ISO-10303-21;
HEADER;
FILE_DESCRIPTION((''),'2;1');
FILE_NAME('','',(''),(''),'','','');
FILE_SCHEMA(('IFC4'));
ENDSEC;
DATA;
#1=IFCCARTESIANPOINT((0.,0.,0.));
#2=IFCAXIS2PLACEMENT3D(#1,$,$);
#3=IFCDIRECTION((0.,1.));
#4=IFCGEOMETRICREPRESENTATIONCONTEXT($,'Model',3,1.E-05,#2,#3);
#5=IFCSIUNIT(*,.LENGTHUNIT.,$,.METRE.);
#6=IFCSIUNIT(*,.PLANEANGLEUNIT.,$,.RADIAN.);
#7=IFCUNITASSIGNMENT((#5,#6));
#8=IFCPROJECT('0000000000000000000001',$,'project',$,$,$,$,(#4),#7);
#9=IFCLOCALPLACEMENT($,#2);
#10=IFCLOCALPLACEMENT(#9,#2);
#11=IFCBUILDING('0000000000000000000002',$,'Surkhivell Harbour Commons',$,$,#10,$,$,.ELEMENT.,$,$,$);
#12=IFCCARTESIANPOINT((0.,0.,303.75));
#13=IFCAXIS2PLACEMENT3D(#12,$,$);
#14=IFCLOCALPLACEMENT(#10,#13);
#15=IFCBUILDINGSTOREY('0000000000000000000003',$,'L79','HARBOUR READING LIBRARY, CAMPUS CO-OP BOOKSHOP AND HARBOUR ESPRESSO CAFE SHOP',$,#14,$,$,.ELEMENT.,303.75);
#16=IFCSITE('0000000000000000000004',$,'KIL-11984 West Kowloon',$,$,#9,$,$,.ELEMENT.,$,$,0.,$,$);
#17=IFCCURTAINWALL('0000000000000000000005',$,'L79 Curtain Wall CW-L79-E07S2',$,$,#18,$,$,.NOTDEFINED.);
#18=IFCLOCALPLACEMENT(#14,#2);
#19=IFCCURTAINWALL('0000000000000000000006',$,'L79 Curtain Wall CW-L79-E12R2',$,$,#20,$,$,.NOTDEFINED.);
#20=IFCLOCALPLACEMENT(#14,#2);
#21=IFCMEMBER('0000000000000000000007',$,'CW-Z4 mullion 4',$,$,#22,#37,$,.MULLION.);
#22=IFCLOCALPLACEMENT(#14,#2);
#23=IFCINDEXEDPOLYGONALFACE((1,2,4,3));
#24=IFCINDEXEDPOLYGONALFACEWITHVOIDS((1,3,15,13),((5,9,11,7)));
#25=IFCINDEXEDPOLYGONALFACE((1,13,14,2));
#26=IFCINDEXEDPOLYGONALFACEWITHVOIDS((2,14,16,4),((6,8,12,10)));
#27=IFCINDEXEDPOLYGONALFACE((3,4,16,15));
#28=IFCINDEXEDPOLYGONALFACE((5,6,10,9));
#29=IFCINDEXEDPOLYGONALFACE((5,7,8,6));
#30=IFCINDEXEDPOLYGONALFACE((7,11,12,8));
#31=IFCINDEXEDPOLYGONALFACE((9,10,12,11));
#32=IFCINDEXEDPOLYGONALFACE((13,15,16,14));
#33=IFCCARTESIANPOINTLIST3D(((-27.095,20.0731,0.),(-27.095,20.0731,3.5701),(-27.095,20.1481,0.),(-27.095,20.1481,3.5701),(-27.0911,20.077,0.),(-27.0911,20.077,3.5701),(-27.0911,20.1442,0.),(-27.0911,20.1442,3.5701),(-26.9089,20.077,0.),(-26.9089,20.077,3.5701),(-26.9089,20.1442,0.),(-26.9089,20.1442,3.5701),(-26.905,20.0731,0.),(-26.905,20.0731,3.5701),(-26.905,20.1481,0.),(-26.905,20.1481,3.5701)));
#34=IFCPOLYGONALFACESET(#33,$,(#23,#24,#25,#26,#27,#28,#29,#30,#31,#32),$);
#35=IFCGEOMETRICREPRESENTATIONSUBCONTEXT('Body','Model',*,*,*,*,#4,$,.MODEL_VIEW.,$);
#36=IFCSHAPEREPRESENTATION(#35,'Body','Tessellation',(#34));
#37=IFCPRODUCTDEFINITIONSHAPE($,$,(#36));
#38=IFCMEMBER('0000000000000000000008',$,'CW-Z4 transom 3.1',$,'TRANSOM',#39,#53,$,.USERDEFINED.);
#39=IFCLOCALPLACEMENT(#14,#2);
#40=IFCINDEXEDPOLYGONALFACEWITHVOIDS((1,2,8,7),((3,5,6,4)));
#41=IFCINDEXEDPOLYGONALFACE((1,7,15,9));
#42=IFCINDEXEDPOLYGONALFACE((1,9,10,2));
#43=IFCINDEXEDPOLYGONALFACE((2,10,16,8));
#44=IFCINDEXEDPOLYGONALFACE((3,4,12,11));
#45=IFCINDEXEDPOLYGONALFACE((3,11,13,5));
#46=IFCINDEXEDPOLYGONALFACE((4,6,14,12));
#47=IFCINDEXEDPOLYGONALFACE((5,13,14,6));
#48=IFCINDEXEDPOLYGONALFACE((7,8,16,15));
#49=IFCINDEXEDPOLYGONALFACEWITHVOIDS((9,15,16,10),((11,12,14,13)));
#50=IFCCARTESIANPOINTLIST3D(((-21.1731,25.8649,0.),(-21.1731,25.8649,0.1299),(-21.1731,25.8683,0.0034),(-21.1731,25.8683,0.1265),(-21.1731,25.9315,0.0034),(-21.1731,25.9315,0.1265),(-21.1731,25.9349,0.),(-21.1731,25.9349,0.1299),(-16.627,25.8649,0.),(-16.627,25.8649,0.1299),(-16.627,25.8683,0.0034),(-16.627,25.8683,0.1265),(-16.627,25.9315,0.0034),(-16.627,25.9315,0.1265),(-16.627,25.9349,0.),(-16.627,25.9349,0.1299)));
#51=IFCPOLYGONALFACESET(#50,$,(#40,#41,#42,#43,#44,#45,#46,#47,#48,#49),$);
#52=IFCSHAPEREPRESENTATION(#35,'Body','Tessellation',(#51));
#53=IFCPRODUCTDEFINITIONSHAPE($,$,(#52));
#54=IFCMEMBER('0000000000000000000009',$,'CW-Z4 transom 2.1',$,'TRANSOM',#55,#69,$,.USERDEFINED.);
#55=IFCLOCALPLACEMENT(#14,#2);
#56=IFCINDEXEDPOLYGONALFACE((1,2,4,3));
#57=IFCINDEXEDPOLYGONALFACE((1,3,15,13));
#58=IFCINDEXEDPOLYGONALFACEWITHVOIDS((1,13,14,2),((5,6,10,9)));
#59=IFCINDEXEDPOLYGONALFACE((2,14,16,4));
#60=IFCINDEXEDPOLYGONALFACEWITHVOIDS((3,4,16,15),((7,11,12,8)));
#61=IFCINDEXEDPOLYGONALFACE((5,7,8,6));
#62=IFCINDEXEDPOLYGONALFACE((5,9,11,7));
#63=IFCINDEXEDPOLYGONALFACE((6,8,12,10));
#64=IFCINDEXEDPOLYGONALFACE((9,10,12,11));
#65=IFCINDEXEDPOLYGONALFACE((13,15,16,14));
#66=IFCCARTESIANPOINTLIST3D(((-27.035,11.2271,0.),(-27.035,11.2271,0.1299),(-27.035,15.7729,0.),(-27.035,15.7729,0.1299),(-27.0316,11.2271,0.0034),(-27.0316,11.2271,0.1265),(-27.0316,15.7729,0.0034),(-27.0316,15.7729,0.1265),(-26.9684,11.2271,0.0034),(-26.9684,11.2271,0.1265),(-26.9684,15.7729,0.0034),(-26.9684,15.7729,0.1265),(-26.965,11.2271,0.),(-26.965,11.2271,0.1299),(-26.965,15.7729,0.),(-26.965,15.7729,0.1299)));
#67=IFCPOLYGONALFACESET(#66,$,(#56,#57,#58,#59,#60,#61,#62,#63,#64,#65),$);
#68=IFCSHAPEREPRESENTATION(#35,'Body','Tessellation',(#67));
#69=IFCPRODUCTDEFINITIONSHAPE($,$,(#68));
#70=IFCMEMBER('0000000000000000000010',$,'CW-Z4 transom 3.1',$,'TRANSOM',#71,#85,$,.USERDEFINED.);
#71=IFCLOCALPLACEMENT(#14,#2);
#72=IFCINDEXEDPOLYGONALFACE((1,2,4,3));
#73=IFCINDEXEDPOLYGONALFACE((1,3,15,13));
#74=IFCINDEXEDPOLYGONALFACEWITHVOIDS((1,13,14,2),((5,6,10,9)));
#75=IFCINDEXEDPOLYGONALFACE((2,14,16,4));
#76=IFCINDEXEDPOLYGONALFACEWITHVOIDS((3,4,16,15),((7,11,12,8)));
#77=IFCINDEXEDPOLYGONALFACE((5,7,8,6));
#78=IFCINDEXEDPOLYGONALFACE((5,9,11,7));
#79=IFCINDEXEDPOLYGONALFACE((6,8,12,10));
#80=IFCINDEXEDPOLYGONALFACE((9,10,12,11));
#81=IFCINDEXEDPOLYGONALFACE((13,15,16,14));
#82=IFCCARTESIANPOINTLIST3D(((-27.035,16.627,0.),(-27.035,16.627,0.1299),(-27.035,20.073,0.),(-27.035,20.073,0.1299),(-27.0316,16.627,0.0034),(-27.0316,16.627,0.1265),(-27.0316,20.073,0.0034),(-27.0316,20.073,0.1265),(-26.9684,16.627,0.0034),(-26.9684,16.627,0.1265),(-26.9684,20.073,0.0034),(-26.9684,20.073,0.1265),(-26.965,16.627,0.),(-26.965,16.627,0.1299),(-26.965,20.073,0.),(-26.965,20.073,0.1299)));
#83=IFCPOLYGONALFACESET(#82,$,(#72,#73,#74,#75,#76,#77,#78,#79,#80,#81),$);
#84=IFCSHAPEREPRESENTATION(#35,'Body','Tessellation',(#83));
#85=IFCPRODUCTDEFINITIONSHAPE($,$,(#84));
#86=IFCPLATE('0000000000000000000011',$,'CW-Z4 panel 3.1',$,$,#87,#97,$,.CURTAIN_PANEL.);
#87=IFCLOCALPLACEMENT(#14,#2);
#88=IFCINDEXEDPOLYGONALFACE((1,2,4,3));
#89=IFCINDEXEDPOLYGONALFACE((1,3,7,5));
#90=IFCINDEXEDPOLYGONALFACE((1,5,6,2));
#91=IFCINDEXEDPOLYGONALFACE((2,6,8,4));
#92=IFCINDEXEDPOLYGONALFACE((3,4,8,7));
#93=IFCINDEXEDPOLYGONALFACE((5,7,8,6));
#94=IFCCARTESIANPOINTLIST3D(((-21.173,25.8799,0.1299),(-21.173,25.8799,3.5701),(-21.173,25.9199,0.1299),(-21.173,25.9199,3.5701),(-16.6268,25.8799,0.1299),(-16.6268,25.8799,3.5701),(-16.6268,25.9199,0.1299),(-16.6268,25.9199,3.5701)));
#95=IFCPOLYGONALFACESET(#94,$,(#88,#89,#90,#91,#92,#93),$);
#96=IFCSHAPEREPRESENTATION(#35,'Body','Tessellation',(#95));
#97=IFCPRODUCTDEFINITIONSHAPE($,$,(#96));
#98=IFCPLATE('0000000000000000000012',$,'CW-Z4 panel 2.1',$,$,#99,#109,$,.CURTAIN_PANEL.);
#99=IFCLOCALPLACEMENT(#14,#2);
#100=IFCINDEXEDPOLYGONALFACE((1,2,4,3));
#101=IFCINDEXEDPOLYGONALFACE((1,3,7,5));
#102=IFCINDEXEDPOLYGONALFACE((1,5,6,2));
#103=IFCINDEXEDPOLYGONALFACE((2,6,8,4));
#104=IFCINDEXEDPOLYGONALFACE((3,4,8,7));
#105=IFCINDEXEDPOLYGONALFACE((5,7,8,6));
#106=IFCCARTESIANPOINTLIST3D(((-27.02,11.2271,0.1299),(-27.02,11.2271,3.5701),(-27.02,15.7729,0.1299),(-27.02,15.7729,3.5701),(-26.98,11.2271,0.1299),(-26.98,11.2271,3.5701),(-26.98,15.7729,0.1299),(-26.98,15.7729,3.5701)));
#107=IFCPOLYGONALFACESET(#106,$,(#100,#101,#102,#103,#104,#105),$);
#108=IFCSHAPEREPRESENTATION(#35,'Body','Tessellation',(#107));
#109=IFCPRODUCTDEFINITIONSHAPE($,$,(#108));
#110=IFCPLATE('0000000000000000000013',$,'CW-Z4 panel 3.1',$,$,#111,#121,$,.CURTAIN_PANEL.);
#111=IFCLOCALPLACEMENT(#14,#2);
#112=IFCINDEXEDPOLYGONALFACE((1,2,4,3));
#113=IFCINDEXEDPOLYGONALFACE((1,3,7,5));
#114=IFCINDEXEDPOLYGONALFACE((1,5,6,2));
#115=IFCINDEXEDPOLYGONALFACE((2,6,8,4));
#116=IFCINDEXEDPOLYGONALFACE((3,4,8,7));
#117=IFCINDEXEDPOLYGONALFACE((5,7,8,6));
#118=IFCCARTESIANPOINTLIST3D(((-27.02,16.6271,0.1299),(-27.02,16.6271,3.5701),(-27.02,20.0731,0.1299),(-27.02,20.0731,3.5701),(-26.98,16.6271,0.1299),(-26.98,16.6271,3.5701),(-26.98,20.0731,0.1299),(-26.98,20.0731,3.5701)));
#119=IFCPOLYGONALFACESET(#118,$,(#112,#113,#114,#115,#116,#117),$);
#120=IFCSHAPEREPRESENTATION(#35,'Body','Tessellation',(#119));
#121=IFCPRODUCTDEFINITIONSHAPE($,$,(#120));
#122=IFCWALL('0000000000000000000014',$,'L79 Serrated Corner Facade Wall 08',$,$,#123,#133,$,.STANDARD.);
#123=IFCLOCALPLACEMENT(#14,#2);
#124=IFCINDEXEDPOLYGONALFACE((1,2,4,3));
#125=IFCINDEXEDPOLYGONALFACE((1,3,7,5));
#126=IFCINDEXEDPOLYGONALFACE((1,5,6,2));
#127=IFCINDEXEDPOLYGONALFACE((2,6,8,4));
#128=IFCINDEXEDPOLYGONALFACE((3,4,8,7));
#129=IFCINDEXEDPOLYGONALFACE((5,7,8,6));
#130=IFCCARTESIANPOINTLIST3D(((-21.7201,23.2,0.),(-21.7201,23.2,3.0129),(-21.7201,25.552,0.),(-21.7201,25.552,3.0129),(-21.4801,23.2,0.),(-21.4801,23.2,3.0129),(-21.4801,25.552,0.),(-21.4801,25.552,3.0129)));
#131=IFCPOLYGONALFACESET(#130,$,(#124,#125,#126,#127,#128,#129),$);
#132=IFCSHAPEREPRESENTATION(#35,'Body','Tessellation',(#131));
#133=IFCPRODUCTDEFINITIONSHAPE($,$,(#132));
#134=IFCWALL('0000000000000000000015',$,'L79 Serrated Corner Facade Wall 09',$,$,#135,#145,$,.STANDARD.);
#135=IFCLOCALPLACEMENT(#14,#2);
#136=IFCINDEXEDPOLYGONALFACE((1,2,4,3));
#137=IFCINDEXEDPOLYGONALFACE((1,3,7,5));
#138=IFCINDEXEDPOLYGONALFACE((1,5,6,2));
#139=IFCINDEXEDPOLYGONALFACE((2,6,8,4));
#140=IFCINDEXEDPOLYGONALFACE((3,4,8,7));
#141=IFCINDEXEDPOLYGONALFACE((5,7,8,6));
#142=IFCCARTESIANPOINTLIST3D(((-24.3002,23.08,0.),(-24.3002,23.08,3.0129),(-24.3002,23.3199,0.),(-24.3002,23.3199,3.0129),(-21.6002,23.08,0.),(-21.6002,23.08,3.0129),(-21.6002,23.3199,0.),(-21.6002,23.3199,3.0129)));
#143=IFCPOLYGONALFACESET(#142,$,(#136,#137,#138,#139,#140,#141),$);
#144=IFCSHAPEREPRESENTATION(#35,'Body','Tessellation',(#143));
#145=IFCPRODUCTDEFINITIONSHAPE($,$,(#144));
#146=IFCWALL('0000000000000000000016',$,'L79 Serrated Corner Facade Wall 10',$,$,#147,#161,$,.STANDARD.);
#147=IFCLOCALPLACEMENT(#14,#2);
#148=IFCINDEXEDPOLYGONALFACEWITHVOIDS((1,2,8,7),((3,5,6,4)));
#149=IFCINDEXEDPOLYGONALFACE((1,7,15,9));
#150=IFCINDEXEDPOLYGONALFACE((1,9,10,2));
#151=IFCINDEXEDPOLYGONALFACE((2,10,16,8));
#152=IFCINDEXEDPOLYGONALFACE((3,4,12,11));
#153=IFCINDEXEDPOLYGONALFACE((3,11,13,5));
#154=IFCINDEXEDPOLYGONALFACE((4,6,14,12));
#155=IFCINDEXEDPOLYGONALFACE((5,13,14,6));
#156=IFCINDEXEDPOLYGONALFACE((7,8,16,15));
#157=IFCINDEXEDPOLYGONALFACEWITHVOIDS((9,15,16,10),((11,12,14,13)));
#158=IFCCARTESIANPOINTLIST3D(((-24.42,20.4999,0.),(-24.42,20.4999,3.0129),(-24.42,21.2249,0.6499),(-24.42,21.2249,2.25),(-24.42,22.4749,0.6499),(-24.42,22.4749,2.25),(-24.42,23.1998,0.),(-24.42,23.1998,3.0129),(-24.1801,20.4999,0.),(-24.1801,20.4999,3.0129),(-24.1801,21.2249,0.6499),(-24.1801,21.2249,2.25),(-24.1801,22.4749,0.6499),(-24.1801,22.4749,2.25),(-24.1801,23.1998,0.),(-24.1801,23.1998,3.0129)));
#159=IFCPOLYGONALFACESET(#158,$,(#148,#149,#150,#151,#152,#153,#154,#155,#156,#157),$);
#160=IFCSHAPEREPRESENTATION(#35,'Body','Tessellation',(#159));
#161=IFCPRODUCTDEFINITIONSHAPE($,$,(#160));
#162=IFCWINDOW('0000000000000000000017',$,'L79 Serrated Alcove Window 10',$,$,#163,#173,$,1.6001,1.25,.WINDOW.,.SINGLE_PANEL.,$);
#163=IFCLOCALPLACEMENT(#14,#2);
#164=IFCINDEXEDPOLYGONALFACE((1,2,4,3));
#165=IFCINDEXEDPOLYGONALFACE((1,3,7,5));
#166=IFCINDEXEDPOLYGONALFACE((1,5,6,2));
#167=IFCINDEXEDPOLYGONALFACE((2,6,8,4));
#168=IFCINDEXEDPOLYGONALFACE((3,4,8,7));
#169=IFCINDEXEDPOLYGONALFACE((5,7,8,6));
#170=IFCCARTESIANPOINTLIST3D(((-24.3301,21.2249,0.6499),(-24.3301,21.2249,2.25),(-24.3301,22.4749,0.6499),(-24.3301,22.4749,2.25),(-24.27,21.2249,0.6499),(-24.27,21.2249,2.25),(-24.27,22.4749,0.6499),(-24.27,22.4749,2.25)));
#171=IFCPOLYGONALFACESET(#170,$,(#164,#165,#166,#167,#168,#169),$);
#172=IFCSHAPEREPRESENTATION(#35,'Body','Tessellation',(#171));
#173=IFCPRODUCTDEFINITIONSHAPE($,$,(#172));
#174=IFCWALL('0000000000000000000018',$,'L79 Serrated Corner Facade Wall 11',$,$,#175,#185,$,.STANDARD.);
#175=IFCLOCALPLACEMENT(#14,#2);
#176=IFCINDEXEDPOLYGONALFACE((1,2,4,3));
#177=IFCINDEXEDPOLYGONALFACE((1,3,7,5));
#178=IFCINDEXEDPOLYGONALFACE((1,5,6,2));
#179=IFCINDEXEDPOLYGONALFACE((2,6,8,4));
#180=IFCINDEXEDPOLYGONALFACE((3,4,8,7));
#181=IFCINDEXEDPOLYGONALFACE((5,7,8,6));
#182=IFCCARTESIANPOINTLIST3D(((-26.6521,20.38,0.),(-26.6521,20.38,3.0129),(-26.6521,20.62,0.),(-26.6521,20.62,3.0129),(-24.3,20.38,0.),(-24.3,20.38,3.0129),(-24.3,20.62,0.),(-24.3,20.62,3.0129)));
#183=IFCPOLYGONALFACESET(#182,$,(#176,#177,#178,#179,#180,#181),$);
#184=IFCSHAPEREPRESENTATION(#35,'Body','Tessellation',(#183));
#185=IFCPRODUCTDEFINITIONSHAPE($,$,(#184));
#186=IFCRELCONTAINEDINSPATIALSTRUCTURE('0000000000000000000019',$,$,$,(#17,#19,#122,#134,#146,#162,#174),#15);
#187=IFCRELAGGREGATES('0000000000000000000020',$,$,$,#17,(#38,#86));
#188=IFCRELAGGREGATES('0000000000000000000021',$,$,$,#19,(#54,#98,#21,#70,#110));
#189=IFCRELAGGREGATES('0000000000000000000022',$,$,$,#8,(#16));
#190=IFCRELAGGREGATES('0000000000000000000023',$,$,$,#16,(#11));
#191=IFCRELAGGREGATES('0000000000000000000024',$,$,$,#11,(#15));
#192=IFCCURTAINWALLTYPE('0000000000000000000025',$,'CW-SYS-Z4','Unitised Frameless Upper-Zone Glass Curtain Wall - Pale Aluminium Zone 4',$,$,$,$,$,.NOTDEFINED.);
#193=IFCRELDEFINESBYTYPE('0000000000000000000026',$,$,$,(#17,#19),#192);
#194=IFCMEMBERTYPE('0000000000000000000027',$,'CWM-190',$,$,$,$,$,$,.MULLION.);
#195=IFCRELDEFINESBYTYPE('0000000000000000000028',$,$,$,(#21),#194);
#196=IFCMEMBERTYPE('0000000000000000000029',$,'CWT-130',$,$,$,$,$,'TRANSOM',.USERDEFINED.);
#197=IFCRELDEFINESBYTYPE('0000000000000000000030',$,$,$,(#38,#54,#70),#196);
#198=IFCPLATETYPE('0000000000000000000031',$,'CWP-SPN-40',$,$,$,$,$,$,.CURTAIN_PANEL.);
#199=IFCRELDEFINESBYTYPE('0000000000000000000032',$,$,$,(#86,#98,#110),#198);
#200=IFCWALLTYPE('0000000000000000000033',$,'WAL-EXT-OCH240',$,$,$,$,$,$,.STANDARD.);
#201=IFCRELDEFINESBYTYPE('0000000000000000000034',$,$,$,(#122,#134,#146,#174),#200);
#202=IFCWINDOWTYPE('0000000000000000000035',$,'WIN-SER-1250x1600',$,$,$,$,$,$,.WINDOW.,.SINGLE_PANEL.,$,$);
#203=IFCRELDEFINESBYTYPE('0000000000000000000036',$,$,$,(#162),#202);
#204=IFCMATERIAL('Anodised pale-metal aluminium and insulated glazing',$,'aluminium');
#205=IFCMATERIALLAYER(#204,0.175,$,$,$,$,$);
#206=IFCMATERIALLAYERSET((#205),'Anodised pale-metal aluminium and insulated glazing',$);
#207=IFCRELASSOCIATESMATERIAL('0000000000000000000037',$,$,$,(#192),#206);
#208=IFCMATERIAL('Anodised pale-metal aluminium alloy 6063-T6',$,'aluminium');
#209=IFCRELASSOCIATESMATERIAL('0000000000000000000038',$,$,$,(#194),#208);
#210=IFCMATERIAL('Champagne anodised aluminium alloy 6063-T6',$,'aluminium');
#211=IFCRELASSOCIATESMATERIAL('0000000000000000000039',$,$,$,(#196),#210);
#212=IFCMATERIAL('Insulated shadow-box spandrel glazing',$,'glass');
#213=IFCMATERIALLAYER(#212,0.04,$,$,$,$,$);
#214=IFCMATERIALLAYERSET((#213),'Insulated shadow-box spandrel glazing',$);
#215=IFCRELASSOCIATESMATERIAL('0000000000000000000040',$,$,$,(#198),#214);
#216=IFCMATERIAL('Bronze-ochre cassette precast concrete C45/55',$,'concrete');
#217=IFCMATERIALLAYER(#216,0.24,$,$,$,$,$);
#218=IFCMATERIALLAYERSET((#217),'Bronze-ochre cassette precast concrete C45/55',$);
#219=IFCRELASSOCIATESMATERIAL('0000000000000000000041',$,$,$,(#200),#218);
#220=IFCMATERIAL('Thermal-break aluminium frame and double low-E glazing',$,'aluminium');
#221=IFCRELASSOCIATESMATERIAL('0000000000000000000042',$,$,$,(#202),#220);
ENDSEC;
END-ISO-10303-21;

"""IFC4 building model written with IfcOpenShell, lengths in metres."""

from ifc_helpers import new_model, si_unit, direction, frame, frame_2d, origin, origin_2d, place, context, subcontext, project, spatial, rectangle, hollow_rectangle, extrude, material, layer, layer_set, material_profile, profile_set, type_object, element, fill, aggregate, save


model = new_model("IFC4")

# Units and contexts
model_context = context("Model", 3, precision=1e-05, world=origin(), true_north=direction((0.0, 1.0)))
body_context = subcontext(model_context, "Body", "Model", "MODEL_VIEW")
ifc_project = project(units=[si_unit("LENGTHUNIT", "METRE"), si_unit("PLANEANGLEUNIT", "RADIAN")], contexts=[model_context])

# Site, building, storey
site_placement = place(None, origin())
site = spatial("IfcSite", under=ifc_project, at=site_placement, Name="KIL-11984 West Kowloon", CompositionType="ELEMENT", RefElevation=0.0)
building_placement = place(site_placement, origin())
building = spatial("IfcBuilding", under=site, at=building_placement, Name="Surkhivell Harbour Commons", CompositionType="ELEMENT")
storey_placement = place(building_placement, frame((0.0, 0.0, 303.75)))
storey = spatial("IfcBuildingStorey", under=building, at=storey_placement, Name="L79", Description="HARBOUR READING LIBRARY, CAMPUS CO-OP BOOKSHOP AND HARBOUR ESPRESSO CAFE SHOP", CompositionType="ELEMENT", Elevation=303.75)

# Curtain wall
ifc_material_1 = material(Name="Anodised pale-metal aluminium and insulated glazing", Category="aluminium")
ifc_layer_1 = layer(ifc_material_1, 0.175)
ifc_layer_set_1 = layer_set([ifc_layer_1], Name="Anodised pale-metal aluminium and insulated glazing")
curtain_wall_type = type_object("IfcCurtainWallType", Name="CW-SYS-Z4", Description="Unitised Frameless Upper-Zone Glass Curtain Wall - Pale Aluminium Zone 4", PredefinedType="NOTDEFINED", material=ifc_layer_set_1)
curtain_wall_1_placement = place(storey_placement, origin())
curtain_wall_1 = element("IfcCurtainWall", 1, at=curtain_wall_1_placement, inside=storey, type_object=curtain_wall_type, Name="L79 Curtain Wall CW-L79-E07S2", PredefinedType="NOTDEFINED")
ifc_material_2 = material(Name="Anodised pale-metal aluminium alloy 6063-T6", Category="aluminium")
ifc_material_profile_1 = material_profile(ifc_material_2, hollow_rectangle(XDim=0.075, YDim=0.1899, WallThickness=0.0039, at=origin_2d()), Name="ALU-MULL-75x190")
ifc_profile_set_1 = profile_set([ifc_material_profile_1], Name="Anodised pale-metal aluminium alloy 6063-T6")
member_type_1 = type_object("IfcMemberType", Name="CWM-190", PredefinedType="MULLION", material=ifc_profile_set_1)

# Curtain wall, member
curtain_wall_2_placement = place(storey_placement, origin())
curtain_wall_2 = element("IfcCurtainWall", 2, at=curtain_wall_2_placement, inside=storey, type_object=curtain_wall_type, Name="L79 Curtain Wall CW-L79-E12R2", PredefinedType="NOTDEFINED")
member_1_placement = place(storey_placement, frame((-27.0, 20.1106, 0.0), z_axis=(0.0, 0.0, 1.0), x_axis=(0.0, 1.0, 0.0)))
member_1 = element("IfcMember", 3, at=member_1_placement, type_object=member_type_1, Name="CW-Z4 mullion 4", PredefinedType="MULLION", context=body_context, shape_type="SweptSolid", body=[
    extrude(hollow_rectangle(XDim=0.075, YDim=0.1899, WallThickness=0.0039, at=origin_2d()), origin(), (0.0, 0.0, 1.0), 3.5701),
])

# Members
ifc_material_3 = material(Name="Champagne anodised aluminium alloy 6063-T6", Category="aluminium")
ifc_material_profile_2 = material_profile(ifc_material_3, hollow_rectangle(XDim=0.0701, YDim=0.1299, WallThickness=0.0034, at=origin_2d()), Name="ALU-TRAN-70x130")
ifc_profile_set_2 = profile_set([ifc_material_profile_2], Name="Champagne anodised aluminium alloy 6063-T6")
member_type_2 = type_object("IfcMemberType", Name="CWT-130", ElementType="TRANSOM", PredefinedType="USERDEFINED", material=ifc_profile_set_2)
member_2_placement = place(storey_placement, frame((-16.627, 25.8999, 0.0649), z_axis=(-1.0, 0.0, 0.0), x_axis=(0.0, -1.0, 0.0)))
member_2 = element("IfcMember", 4, at=member_2_placement, type_object=member_type_2, Name="CW-Z4 transom 3.1", ObjectType="TRANSOM", PredefinedType="USERDEFINED", context=body_context, shape_type="SweptSolid", body=[
    extrude(hollow_rectangle(XDim=0.0701, YDim=0.1299, WallThickness=0.0034, at=origin_2d()), origin(), (0.0, 0.0, 1.0), 4.5461),
])
member_3_placement = place(storey_placement, frame((-27.0, 11.2271, 0.0649), z_axis=(0.0, 1.0, 0.0), x_axis=(-1.0, 0.0, 0.0)))
member_3 = element("IfcMember", 5, at=member_3_placement, type_object=member_type_2, Name="CW-Z4 transom 2.1", ObjectType="TRANSOM", PredefinedType="USERDEFINED", context=body_context, shape_type="SweptSolid", body=[
    extrude(hollow_rectangle(XDim=0.0701, YDim=0.1299, WallThickness=0.0034, at=origin_2d()), origin(), (0.0, 0.0, 1.0), 4.5459),
])
member_4_placement = place(storey_placement, frame((-27.0, 16.627, 0.0649), z_axis=(0.0, 1.0, 0.0), x_axis=(-1.0, 0.0, 0.0)))
member_4 = element("IfcMember", 6, at=member_4_placement, type_object=member_type_2, Name="CW-Z4 transom 3.1", ObjectType="TRANSOM", PredefinedType="USERDEFINED", context=body_context, shape_type="SweptSolid", body=[
    extrude(hollow_rectangle(XDim=0.0701, YDim=0.1299, WallThickness=0.0034, at=origin_2d()), origin(), (0.0, 0.0, 1.0), 3.446),
])

# Plates
ifc_material_4 = material(Name="Insulated shadow-box spandrel glazing", Category="glass")
ifc_layer_2 = layer(ifc_material_4, 0.04)
ifc_layer_set_2 = layer_set([ifc_layer_2], Name="Insulated shadow-box spandrel glazing")
plate_type = type_object("IfcPlateType", Name="CWP-SPN-40", PredefinedType="CURTAIN_PANEL", material=ifc_layer_set_2)
plate_1_placement = place(storey_placement, frame((-16.627, 25.8999, 0.1299), z_axis=(0.0, 0.0, 1.0), x_axis=(-1.0, 0.0, 0.0)))
plate_1 = element("IfcPlate", 7, at=plate_1_placement, type_object=plate_type, Name="CW-Z4 panel 3.1", PredefinedType="CURTAIN_PANEL", context=body_context, shape_type="SweptSolid", body=[
    extrude(rectangle(XDim=4.5461, YDim=0.04, at=frame_2d((2.2729, 0.0))), origin(), (0.0, 0.0, 1.0), 3.4402),
])
aggregate(curtain_wall_1, [member_2, plate_1])
plate_2_placement = place(storey_placement, frame((-27.0, 11.2271, 0.1299), z_axis=(0.0, 0.0, 1.0), x_axis=(0.0, 1.0, 0.0)))
plate_2 = element("IfcPlate", 8, at=plate_2_placement, type_object=plate_type, Name="CW-Z4 panel 2.1", PredefinedType="CURTAIN_PANEL", context=body_context, shape_type="SweptSolid", body=[
    extrude(rectangle(XDim=4.5459, YDim=0.04, at=frame_2d((2.2729, 0.0))), origin(), (0.0, 0.0, 1.0), 3.4402),
])
plate_3_placement = place(storey_placement, frame((-27.0, 16.627, 0.1299), z_axis=(0.0, 0.0, 1.0), x_axis=(0.0, 1.0, 0.0)))
plate_3 = element("IfcPlate", 9, at=plate_3_placement, type_object=plate_type, Name="CW-Z4 panel 3.1", PredefinedType="CURTAIN_PANEL", context=body_context, shape_type="SweptSolid", body=[
    extrude(rectangle(XDim=3.446, YDim=0.04, at=frame_2d((1.7231, 0.0))), origin(), (0.0, 0.0, 1.0), 3.4402),
])
aggregate(curtain_wall_2, [member_3, plate_2, member_1, member_4, plate_3])

# Walls
ifc_material_5 = material(Name="Bronze-ochre cassette precast concrete C45/55", Category="concrete")
ifc_layer_3 = layer(ifc_material_5, 0.24)
ifc_layer_set_3 = layer_set([ifc_layer_3], Name="Bronze-ochre cassette precast concrete C45/55")
wall_type = type_object("IfcWallType", Name="WAL-EXT-OCH240", PredefinedType="STANDARD", material=ifc_layer_set_3)
wall_1_placement = place(storey_placement, frame((-21.6001, 25.552, 0.0), z_axis=(0.0, 0.0, 1.0), x_axis=(0.0, -1.0, 0.0)))
element("IfcWall", 10, at=wall_1_placement, inside=storey, type_object=wall_type, Name="L79 Serrated Corner Facade Wall 08", PredefinedType="STANDARD", context=body_context, shape_type="SweptSolid", body=[
    extrude(rectangle(XDim=2.3521, YDim=0.24, at=frame_2d((1.176, 0.0))), origin(), (0.0, 0.0, 1.0), 3.0129),
])
wall_2_placement = place(storey_placement, frame((-21.6001, 23.2, 0.0), z_axis=(0.0, 0.0, 1.0), x_axis=(-1.0, 0.0, 0.0)))
element("IfcWall", 11, at=wall_2_placement, inside=storey, type_object=wall_type, Name="L79 Serrated Corner Facade Wall 09", PredefinedType="STANDARD", context=body_context, shape_type="SweptSolid", body=[
    extrude(rectangle(XDim=2.7, YDim=0.24, at=frame_2d((1.3501, 0.0))), origin(), (0.0, 0.0, 1.0), 3.0129),
])

# Wall, opening, window
wall_3_placement = place(storey_placement, frame((-24.3, 23.2, 0.0), z_axis=(0.0, 0.0, 1.0), x_axis=(0.0, -1.0, 0.0)))
wall_3 = element("IfcWall", 12, at=wall_3_placement, inside=storey, type_object=wall_type, Name="L79 Serrated Corner Facade Wall 10", PredefinedType="STANDARD", context=body_context, shape_type="SweptSolid", body=[
    extrude(rectangle(XDim=2.7, YDim=0.24, at=frame_2d((1.3501, 0.0))), origin(), (0.0, 0.0, 1.0), 3.0129),
])
opening_placement = place(wall_3_placement, frame((0.7251, 0.0, 0.6499)))
opening = element("IfcOpeningElement", 13, at=opening_placement, cuts=wall_3, PredefinedType="OPENING", context=body_context, shape_type="SweptSolid", body=[
    extrude(rectangle(XDim=1.25, YDim=1.6001, at=frame_2d((0.625, 0.8))), frame((0.0, 0.1299, 0.0), z_axis=(0.0, -1.0, 0.0), x_axis=(1.0, 0.0, 0.0)), (0.0, 0.0, 1.0), 0.26),
])
ifc_material_6 = material(Name="Thermal-break aluminium frame and double low-E glazing", Category="aluminium")
window_type = type_object("IfcWindowType", Name="WIN-SER-1250x1600", PartitioningType="SINGLE_PANEL", PredefinedType="WINDOW", material=ifc_material_6)
window_placement = place(opening_placement, origin())
window = element("IfcWindow", 14, at=window_placement, inside=storey, type_object=window_type, Name="L79 Serrated Alcove Window 10", OverallHeight=1.6001, OverallWidth=1.25, PartitioningType="SINGLE_PANEL", PredefinedType="WINDOW", context=body_context, shape_type="SweptSolid", body=[
    extrude(rectangle(XDim=1.25, YDim=1.6001, at=frame_2d((0.625, 0.8))), frame((0.0, 0.03, 0.0), z_axis=(0.0, -1.0, 0.0), x_axis=(1.0, 0.0, 0.0)), (0.0, 0.0, 1.0), 0.0601),
])
fill(opening, window)

# Wall
wall_4_placement = place(storey_placement, frame((-24.3, 20.5, 0.0), z_axis=(0.0, 0.0, 1.0), x_axis=(-1.0, 0.0, 0.0)))
element("IfcWall", 15, at=wall_4_placement, inside=storey, type_object=wall_type, Name="L79 Serrated Corner Facade Wall 11", PredefinedType="STANDARD", context=body_context, shape_type="SweptSolid", body=[
    extrude(rectangle(XDim=2.3521, YDim=0.24, at=frame_2d((1.176, 0.0))), origin(), (0.0, 0.0, 1.0), 3.0129),
])

save(model, "model.ifc")
